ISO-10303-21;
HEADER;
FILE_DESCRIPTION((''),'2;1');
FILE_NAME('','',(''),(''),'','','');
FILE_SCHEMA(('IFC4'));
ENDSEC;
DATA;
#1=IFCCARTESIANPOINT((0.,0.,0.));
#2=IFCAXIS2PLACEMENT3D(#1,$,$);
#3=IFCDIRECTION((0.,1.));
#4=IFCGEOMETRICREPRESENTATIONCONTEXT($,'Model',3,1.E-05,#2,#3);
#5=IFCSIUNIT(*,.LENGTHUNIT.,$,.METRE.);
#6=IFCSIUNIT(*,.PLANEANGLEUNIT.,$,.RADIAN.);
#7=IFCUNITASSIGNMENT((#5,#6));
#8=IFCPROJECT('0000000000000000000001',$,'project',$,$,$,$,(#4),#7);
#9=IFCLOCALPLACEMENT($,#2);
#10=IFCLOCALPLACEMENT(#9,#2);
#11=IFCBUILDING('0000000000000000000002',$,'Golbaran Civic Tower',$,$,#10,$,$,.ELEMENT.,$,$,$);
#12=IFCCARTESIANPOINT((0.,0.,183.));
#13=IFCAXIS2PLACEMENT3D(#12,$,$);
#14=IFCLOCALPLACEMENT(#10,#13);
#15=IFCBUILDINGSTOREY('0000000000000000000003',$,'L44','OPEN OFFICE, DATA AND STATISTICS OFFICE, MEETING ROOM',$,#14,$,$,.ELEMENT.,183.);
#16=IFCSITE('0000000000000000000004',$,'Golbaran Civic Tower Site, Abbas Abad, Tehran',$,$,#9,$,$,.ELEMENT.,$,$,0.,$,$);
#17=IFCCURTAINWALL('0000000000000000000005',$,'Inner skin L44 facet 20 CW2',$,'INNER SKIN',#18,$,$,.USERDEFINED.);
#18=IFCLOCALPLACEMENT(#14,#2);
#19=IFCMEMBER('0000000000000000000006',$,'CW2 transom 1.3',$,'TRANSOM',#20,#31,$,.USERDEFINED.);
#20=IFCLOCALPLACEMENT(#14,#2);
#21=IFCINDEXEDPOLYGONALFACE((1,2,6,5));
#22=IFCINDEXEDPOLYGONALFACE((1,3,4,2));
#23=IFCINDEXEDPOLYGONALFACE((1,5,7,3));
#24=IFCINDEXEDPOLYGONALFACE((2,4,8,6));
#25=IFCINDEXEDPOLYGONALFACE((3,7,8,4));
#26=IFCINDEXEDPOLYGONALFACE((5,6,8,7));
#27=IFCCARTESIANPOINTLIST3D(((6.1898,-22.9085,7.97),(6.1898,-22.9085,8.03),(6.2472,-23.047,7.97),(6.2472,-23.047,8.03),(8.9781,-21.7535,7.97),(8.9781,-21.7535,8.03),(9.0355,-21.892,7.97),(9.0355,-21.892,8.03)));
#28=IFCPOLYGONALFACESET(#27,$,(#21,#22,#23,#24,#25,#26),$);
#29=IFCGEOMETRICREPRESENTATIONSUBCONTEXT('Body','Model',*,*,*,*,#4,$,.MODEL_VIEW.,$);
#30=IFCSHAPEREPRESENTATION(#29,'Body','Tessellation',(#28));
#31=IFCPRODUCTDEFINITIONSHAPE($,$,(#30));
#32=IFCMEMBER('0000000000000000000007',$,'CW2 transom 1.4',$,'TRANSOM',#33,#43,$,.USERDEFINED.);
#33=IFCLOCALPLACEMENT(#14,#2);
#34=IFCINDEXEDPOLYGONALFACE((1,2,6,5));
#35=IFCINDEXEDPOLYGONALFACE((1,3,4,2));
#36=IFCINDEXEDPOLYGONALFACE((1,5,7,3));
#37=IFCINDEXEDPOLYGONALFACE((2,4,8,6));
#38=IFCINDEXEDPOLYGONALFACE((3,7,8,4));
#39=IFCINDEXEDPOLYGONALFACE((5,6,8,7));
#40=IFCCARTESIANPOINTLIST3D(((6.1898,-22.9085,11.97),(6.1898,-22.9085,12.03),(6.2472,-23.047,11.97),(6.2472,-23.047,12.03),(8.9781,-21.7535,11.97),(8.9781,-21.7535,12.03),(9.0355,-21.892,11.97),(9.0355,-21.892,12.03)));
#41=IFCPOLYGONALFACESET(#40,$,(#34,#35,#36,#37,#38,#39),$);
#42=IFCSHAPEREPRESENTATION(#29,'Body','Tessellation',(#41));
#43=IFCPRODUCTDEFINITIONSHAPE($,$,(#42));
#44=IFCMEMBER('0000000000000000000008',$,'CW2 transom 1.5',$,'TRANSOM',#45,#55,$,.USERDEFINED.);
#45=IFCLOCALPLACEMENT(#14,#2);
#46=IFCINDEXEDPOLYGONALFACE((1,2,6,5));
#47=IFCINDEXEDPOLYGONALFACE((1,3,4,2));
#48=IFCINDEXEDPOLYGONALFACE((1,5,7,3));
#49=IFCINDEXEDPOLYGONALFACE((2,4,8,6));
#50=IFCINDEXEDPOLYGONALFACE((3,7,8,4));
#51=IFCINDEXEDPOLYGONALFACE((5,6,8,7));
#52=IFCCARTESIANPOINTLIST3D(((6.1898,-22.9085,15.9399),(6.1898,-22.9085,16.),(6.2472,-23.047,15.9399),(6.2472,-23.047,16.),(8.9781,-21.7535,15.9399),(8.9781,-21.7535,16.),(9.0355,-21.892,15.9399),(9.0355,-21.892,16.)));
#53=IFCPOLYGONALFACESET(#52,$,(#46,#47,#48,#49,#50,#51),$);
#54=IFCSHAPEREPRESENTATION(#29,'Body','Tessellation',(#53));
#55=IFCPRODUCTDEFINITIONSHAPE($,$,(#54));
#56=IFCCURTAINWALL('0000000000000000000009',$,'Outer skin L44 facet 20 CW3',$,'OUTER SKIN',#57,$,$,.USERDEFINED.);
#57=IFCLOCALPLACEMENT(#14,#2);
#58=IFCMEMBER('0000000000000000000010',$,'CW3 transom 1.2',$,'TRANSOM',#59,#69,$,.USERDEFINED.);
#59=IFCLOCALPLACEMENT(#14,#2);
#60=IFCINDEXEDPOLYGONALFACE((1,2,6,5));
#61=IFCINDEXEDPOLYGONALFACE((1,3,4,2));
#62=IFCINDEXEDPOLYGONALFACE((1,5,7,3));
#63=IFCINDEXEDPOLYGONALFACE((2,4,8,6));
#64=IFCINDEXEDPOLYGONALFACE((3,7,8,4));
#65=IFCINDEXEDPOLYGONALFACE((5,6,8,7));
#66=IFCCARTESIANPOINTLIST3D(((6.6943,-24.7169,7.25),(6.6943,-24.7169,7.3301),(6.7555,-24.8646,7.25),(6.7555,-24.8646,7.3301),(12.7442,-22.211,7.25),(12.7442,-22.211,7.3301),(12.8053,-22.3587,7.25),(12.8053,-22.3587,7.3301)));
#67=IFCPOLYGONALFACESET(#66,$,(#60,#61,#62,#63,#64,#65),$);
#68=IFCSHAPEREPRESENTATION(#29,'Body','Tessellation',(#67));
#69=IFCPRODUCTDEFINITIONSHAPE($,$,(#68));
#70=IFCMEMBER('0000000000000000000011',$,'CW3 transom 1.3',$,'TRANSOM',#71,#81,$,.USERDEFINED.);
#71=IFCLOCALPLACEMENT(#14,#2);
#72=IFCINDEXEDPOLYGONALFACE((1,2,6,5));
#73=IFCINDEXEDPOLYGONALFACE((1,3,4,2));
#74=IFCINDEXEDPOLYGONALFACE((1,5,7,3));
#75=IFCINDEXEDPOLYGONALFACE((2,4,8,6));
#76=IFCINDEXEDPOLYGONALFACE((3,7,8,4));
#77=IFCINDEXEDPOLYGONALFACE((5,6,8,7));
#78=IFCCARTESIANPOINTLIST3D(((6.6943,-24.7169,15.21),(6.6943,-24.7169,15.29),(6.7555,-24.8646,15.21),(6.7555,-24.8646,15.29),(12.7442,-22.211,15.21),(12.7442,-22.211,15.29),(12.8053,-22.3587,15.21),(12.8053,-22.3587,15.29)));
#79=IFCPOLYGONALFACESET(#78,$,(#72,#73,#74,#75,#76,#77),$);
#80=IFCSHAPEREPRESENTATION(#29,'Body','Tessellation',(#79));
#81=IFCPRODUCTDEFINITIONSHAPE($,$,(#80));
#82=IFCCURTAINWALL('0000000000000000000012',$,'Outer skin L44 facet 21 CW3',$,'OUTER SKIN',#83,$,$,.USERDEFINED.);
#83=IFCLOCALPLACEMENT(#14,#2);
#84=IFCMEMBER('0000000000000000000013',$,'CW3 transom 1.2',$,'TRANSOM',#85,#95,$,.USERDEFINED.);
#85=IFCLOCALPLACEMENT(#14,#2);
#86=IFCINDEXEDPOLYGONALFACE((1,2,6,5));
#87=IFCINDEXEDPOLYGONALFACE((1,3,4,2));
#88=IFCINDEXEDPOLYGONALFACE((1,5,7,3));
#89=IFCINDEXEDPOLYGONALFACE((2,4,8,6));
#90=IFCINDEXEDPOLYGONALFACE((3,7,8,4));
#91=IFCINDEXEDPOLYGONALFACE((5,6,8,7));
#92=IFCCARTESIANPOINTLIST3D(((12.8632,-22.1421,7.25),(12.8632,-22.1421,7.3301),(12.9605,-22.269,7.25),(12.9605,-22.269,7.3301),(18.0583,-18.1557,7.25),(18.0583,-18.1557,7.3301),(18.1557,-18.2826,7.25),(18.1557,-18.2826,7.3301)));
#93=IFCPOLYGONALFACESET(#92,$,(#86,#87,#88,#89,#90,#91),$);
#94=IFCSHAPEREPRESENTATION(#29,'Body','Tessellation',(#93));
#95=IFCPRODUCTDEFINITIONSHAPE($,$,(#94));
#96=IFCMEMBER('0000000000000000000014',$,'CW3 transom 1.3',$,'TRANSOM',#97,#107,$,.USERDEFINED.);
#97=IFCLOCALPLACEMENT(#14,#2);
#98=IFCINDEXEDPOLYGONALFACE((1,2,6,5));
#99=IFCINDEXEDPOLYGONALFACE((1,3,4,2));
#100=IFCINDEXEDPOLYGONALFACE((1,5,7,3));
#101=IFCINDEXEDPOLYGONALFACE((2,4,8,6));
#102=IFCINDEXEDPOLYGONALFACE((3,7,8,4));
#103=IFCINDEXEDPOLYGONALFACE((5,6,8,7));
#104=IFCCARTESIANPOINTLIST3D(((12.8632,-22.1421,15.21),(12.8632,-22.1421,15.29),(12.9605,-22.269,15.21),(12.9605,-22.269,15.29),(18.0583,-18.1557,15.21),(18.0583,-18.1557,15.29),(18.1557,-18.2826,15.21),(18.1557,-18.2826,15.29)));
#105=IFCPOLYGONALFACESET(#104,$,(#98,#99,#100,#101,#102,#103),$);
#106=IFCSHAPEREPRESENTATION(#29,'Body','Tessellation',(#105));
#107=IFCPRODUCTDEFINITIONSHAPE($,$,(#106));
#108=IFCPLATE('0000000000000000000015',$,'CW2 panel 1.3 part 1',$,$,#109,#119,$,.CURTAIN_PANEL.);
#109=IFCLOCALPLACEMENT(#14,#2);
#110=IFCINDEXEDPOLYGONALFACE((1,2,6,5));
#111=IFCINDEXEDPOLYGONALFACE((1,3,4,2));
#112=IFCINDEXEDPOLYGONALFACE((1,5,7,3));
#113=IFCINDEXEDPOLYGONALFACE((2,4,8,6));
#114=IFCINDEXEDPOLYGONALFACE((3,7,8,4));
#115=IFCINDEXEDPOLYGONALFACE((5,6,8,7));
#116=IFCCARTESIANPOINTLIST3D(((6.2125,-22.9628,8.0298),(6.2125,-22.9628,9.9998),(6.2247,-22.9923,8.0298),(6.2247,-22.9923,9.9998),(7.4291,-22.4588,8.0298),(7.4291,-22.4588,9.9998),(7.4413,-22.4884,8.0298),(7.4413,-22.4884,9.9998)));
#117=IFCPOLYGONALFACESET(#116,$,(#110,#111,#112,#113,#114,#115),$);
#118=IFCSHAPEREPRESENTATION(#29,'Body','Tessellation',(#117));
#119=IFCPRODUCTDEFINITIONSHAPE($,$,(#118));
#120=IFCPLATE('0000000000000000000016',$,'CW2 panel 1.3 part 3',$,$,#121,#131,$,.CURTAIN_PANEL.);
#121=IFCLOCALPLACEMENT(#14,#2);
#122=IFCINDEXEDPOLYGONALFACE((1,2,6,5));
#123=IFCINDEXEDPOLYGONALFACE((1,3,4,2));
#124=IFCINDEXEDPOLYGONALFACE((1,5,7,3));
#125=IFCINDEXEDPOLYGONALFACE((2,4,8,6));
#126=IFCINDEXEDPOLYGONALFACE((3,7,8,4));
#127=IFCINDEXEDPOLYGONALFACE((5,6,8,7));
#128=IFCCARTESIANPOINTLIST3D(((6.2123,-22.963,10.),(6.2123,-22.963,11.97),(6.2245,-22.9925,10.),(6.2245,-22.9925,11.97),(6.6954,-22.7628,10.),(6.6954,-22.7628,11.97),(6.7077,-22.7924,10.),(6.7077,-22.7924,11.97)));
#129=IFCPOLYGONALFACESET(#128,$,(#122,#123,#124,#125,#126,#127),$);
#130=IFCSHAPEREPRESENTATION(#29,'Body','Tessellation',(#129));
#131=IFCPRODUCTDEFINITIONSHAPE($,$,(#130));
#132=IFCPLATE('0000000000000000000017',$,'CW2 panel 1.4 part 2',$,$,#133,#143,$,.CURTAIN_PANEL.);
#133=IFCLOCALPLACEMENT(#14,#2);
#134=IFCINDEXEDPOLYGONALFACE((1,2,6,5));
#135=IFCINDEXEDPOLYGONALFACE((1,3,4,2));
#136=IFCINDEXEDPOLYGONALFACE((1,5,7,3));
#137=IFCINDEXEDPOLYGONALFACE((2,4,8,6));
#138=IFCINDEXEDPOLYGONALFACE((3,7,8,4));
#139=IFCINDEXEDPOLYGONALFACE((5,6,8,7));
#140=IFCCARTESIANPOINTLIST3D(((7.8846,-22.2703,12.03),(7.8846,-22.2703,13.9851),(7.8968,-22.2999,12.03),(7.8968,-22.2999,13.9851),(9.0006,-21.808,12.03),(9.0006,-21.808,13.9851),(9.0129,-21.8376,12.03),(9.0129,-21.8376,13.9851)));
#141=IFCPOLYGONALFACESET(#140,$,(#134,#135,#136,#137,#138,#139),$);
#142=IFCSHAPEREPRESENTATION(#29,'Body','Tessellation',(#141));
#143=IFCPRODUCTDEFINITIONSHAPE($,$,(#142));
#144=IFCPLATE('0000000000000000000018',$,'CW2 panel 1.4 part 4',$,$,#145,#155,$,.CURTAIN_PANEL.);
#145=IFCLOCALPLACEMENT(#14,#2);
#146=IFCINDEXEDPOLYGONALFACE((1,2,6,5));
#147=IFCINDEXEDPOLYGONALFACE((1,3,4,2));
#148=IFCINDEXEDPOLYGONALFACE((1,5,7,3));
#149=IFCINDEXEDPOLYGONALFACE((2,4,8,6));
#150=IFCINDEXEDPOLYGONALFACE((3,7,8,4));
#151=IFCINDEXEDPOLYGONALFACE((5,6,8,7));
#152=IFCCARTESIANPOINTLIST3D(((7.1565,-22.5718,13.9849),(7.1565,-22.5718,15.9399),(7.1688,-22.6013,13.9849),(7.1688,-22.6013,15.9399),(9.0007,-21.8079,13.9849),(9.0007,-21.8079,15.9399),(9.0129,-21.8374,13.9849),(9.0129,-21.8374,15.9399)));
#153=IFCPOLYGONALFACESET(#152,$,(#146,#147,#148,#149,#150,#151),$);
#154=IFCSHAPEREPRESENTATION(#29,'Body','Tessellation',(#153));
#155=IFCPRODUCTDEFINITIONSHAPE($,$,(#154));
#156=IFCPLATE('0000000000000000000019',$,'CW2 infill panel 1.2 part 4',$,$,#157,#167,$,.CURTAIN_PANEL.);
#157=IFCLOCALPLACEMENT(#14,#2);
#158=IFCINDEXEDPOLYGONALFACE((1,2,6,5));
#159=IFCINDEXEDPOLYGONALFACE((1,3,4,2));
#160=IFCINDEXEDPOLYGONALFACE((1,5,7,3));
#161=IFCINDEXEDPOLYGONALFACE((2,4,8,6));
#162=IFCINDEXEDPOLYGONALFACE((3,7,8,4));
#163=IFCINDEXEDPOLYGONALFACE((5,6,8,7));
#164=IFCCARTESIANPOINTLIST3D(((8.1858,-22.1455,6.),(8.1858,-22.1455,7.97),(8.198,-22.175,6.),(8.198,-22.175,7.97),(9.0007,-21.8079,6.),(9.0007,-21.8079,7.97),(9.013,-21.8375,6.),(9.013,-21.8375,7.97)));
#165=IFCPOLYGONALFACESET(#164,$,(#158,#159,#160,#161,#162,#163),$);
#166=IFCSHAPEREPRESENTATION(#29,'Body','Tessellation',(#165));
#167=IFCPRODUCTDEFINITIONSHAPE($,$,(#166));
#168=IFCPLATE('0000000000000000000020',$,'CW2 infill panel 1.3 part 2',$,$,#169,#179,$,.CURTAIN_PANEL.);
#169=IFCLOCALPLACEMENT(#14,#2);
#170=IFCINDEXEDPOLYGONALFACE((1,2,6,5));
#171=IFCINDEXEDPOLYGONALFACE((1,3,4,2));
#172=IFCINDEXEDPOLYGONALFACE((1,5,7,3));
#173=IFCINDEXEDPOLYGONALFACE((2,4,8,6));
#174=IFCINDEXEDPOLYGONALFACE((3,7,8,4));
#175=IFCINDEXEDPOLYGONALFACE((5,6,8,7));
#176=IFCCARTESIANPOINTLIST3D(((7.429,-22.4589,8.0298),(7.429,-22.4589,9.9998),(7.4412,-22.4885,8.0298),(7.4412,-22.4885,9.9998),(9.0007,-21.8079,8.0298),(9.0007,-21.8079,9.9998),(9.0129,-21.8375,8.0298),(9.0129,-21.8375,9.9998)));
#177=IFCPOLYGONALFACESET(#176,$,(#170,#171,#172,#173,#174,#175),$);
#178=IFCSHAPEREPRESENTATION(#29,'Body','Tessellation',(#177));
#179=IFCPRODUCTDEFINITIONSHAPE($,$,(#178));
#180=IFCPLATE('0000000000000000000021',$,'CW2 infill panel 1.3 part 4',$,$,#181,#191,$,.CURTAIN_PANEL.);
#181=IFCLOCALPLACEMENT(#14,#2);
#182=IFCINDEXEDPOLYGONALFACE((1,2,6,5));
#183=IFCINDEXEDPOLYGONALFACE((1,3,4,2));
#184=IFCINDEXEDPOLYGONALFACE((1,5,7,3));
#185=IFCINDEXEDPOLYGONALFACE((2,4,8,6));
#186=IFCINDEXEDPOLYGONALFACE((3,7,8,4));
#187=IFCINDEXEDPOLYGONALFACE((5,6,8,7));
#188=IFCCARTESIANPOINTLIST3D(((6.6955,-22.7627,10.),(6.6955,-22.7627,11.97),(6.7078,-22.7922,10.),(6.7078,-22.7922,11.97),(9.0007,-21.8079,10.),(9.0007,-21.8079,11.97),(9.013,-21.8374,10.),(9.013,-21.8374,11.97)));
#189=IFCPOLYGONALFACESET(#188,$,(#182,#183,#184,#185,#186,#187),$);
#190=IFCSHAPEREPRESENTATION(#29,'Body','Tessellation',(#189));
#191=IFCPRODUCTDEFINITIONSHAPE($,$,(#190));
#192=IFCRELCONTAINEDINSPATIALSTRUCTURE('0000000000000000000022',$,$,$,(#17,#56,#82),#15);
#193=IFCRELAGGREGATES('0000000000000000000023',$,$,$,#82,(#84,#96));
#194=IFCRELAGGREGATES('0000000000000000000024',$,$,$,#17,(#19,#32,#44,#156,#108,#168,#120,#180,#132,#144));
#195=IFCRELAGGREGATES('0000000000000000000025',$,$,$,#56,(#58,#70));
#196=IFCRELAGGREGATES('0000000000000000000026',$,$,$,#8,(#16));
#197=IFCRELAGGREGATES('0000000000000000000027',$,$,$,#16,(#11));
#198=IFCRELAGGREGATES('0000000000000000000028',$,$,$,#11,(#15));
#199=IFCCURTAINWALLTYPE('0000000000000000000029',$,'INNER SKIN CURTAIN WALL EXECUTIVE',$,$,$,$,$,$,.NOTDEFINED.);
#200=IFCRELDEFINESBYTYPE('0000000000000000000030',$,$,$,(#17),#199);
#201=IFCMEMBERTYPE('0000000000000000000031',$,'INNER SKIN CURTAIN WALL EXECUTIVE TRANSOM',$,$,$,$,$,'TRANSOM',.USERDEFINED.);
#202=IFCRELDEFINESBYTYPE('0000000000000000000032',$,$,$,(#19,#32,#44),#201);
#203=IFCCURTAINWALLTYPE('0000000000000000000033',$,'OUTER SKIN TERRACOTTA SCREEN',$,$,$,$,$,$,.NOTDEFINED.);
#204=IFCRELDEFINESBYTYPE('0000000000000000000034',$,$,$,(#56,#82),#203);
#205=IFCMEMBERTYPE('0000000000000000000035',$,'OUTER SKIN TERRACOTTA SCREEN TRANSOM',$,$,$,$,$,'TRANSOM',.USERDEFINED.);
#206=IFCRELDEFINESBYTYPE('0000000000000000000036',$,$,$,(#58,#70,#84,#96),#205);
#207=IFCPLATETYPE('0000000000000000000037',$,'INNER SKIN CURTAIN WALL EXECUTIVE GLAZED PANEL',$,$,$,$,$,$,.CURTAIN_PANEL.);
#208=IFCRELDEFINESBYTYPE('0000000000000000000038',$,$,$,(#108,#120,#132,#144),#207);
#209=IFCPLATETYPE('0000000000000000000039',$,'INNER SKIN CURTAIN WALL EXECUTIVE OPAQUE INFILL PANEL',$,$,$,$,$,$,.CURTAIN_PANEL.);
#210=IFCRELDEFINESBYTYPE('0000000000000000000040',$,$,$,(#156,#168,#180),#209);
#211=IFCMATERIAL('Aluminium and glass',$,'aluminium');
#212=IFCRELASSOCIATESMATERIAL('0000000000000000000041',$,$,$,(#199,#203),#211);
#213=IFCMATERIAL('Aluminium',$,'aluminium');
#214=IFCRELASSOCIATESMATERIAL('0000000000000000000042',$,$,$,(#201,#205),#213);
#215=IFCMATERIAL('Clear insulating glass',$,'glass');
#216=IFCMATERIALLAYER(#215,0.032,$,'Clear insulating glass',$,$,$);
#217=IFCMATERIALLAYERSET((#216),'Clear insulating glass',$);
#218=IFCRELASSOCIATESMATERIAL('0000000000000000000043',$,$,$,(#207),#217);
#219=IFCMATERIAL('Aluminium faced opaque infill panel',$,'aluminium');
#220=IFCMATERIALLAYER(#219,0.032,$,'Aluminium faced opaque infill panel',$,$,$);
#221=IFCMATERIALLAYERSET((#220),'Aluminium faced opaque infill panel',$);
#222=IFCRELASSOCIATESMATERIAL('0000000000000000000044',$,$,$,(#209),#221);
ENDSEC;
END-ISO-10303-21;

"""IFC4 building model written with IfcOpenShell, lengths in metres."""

from ifc_helpers import new_model, si_unit, direction, frame, origin, origin_2d, place, context, subcontext, project, spatial, rectangle, extrude, material, layer, layer_set, material_profile, profile_set, type_object, element, aggregate, save


model = new_model("IFC4")

# Units and contexts
model_context = context("Model", 3, precision=1e-05, world=origin(), true_north=direction((0.0, 1.0)))
body_context = subcontext(model_context, "Body", "Model", "MODEL_VIEW")
ifc_project = project(units=[si_unit("LENGTHUNIT", "METRE"), si_unit("PLANEANGLEUNIT", "RADIAN")], contexts=[model_context])

# Site, building, storey
site_placement = place(None, origin())
site = spatial("IfcSite", under=ifc_project, at=site_placement, Name="Golbaran Civic Tower Site, Abbas Abad, Tehran", CompositionType="ELEMENT", RefElevation=0.0)
building_placement = place(site_placement, origin())
building = spatial("IfcBuilding", under=site, at=building_placement, Name="Golbaran Civic Tower", CompositionType="ELEMENT")
storey_placement = place(building_placement, frame((0.0, 0.0, 183.0)))
storey = spatial("IfcBuildingStorey", under=building, at=storey_placement, Name="L44", Description="OPEN OFFICE, DATA AND STATISTICS OFFICE, MEETING ROOM", CompositionType="ELEMENT", Elevation=183.0)

# Curtain walls, members
ifc_material_1 = material(Name="Aluminium and glass", Category="aluminium")
curtain_wall_type_1 = type_object("IfcCurtainWallType", Name="INNER SKIN CURTAIN WALL EXECUTIVE", PredefinedType="NOTDEFINED", material=ifc_material_1)
curtain_wall_1_placement = place(storey_placement, origin())
curtain_wall_1 = element("IfcCurtainWall", 1, at=curtain_wall_1_placement, inside=storey, type_object=curtain_wall_type_1, Name="Inner skin L44 facet 20 CW2", ObjectType="INNER SKIN", PredefinedType="USERDEFINED")
ifc_material_2 = material(Name="Aluminium", Category="aluminium")
ifc_material_profile_1 = material_profile(ifc_material_2, rectangle(XDim=0.1499, YDim=0.0601, at=origin_2d()), Name="INNER SKIN CURTAIN WALL EXECUTIVE TRANSOM")
ifc_profile_set_1 = profile_set([ifc_material_profile_1], Name="Aluminium")
member_type_1 = type_object("IfcMemberType", Name="INNER SKIN CURTAIN WALL EXECUTIVE TRANSOM", ElementType="TRANSOM", PredefinedType="USERDEFINED", material=ifc_profile_set_1)
member_1_placement = place(storey_placement, frame((6.2185, -22.9778, 8.0), z_axis=(0.923872, 0.382702, 0.0), x_axis=(-0.382702, 0.923872, 0.0)))
member_1 = element("IfcMember", 2, at=member_1_placement, type_object=member_type_1, Name="CW2 transom 1.3", ObjectType="TRANSOM", PredefinedType="USERDEFINED", context=body_context, shape_type="SweptSolid", body=[
    extrude(rectangle(XDim=0.1499, YDim=0.0601, at=origin_2d()), origin(), (0.0, 0.0, 1.0), 3.0181),
])
member_2_placement = place(storey_placement, frame((6.2185, -22.9778, 12.0), z_axis=(0.923872, 0.382702, 0.0), x_axis=(-0.382702, 0.923872, 0.0)))
member_2 = element("IfcMember", 3, at=member_2_placement, type_object=member_type_1, Name="CW2 transom 1.4", ObjectType="TRANSOM", PredefinedType="USERDEFINED", context=body_context, shape_type="SweptSolid", body=[
    extrude(rectangle(XDim=0.1499, YDim=0.0601, at=origin_2d()), origin(), (0.0, 0.0, 1.0), 3.0181),
])
member_3_placement = place(storey_placement, frame((6.2185, -22.9778, 15.97), z_axis=(0.923872, 0.382702, 0.0), x_axis=(-0.382702, 0.923872, 0.0)))
member_3 = element("IfcMember", 4, at=member_3_placement, type_object=member_type_1, Name="CW2 transom 1.5", ObjectType="TRANSOM", PredefinedType="USERDEFINED", context=body_context, shape_type="SweptSolid", body=[
    extrude(rectangle(XDim=0.1499, YDim=0.0601, at=origin_2d()), origin(), (0.0, 0.0, 1.0), 3.0181),
])
curtain_wall_type_2 = type_object("IfcCurtainWallType", Name="OUTER SKIN TERRACOTTA SCREEN", PredefinedType="NOTDEFINED", material=ifc_material_1)
curtain_wall_2_placement = place(storey_placement, origin())
curtain_wall_2 = element("IfcCurtainWall", 5, at=curtain_wall_2_placement, inside=storey, type_object=curtain_wall_type_2, Name="Outer skin L44 facet 20 CW3", ObjectType="OUTER SKIN", PredefinedType="USERDEFINED")
ifc_material_profile_2 = material_profile(ifc_material_2, rectangle(XDim=0.1599, YDim=0.0801, at=origin_2d()), Name="OUTER SKIN TERRACOTTA SCREEN TRANSOM")
ifc_profile_set_2 = profile_set([ifc_material_profile_2], Name="Aluminium")
member_type_2 = type_object("IfcMemberType", Name="OUTER SKIN TERRACOTTA SCREEN TRANSOM", ElementType="TRANSOM", PredefinedType="USERDEFINED", material=ifc_profile_set_2)
member_4_placement = place(storey_placement, frame((6.7249, -24.7908, 7.29), z_axis=(0.923882, 0.382677, 0.0), x_axis=(-0.382677, 0.923882, 0.0)))
member_4 = element("IfcMember", 6, at=member_4_placement, type_object=member_type_2, Name="CW3 transom 1.2", ObjectType="TRANSOM", PredefinedType="USERDEFINED", context=body_context, shape_type="SweptSolid", body=[
    extrude(rectangle(XDim=0.1599, YDim=0.0801, at=origin_2d()), origin(), (0.0, 0.0, 1.0), 6.5483),
])
member_5_placement = place(storey_placement, frame((6.7249, -24.7908, 15.25), z_axis=(0.923882, 0.382677, 0.0), x_axis=(-0.382677, 0.923882, 0.0)))
member_5 = element("IfcMember", 7, at=member_5_placement, type_object=member_type_2, Name="CW3 transom 1.3", ObjectType="TRANSOM", PredefinedType="USERDEFINED", context=body_context, shape_type="SweptSolid", body=[
    extrude(rectangle(XDim=0.1599, YDim=0.0801, at=origin_2d()), origin(), (0.0, 0.0, 1.0), 6.5483),
])
curtain_wall_3_placement = place(storey_placement, origin())
curtain_wall_3 = element("IfcCurtainWall", 8, at=curtain_wall_3_placement, inside=storey, type_object=curtain_wall_type_2, Name="Outer skin L44 facet 21 CW3", ObjectType="OUTER SKIN", PredefinedType="USERDEFINED")
member_6_placement = place(storey_placement, frame((12.9119, -22.2056, 7.29), z_axis=(0.793352, 0.608763, 0.0), x_axis=(-0.608763, 0.793352, 0.0)))
member_6 = element("IfcMember", 9, at=member_6_placement, type_object=member_type_2, Name="CW3 transom 1.2", ObjectType="TRANSOM", PredefinedType="USERDEFINED", context=body_context, shape_type="SweptSolid", body=[
    extrude(rectangle(XDim=0.1599, YDim=0.0801, at=origin_2d()), origin(), (0.0, 0.0, 1.0), 6.5483),
])
member_7_placement = place(storey_placement, frame((12.9119, -22.2056, 15.25), z_axis=(0.793352, 0.608763, 0.0), x_axis=(-0.608763, 0.793352, 0.0)))
member_7 = element("IfcMember", 10, at=member_7_placement, type_object=member_type_2, Name="CW3 transom 1.3", ObjectType="TRANSOM", PredefinedType="USERDEFINED", context=body_context, shape_type="SweptSolid", body=[
    extrude(rectangle(XDim=0.1599, YDim=0.0801, at=origin_2d()), origin(), (0.0, 0.0, 1.0), 6.5483),
])
aggregate(curtain_wall_3, [member_6, member_7])

# Plates
ifc_material_3 = material(Name="Clear insulating glass", Category="glass")
ifc_layer_1 = layer(ifc_material_3, 0.032, Name="Clear insulating glass")
ifc_layer_set_1 = layer_set([ifc_layer_1], Name="Clear insulating glass")
plate_type_1 = type_object("IfcPlateType", Name="INNER SKIN CURTAIN WALL EXECUTIVE GLAZED PANEL", PredefinedType="CURTAIN_PANEL", material=ifc_layer_set_1)
plate_1_placement = place(storey_placement, frame((6.8269, -22.7256, 8.0298), z_axis=(0.0, 0.0, 1.0), x_axis=(0.92388, 0.382683, 0.0)))
plate_1 = element("IfcPlate", 11, at=plate_1_placement, type_object=plate_type_1, Name="CW2 panel 1.3 part 1", PredefinedType="CURTAIN_PANEL", context=body_context, shape_type="SweptSolid", body=[
    extrude(rectangle(XDim=1.3169, YDim=0.032, at=origin_2d()), origin(), (0.0, 0.0, 1.0), 1.97),
])
plate_2_placement = place(storey_placement, frame((6.46, -22.8777, 10.0), z_axis=(0.0, 0.0, 1.0), x_axis=(0.92388, 0.382683, 0.0)))
plate_2 = element("IfcPlate", 12, at=plate_2_placement, type_object=plate_type_1, Name="CW2 panel 1.3 part 3", PredefinedType="CURTAIN_PANEL", context=body_context, shape_type="SweptSolid", body=[
    extrude(rectangle(XDim=0.5229, YDim=0.032, at=origin_2d()), origin(), (0.0, 0.0, 1.0), 1.97),
])
plate_3_placement = place(storey_placement, frame((8.4487, -22.054, 12.03), z_axis=(0.0, 0.0, 1.0), x_axis=(0.92388, 0.382683, 0.0)))
plate_3 = element("IfcPlate", 13, at=plate_3_placement, type_object=plate_type_1, Name="CW2 panel 1.4 part 2", PredefinedType="CURTAIN_PANEL", context=body_context, shape_type="SweptSolid", body=[
    extrude(rectangle(XDim=1.208, YDim=0.032, at=origin_2d()), origin(), (0.0, 0.0, 1.0), 1.9551),
])
plate_4_placement = place(storey_placement, frame((8.0847, -22.2046, 13.9849), z_axis=(0.0, 0.0, 1.0), x_axis=(0.92388, 0.382683, 0.0)))
plate_4 = element("IfcPlate", 14, at=plate_4_placement, type_object=plate_type_1, Name="CW2 panel 1.4 part 4", PredefinedType="CURTAIN_PANEL", context=body_context, shape_type="SweptSolid", body=[
    extrude(rectangle(XDim=1.9961, YDim=0.032, at=origin_2d()), origin(), (0.0, 0.0, 1.0), 1.9551),
])
ifc_material_4 = material(Name="Aluminium faced opaque infill panel", Category="aluminium")
ifc_layer_2 = layer(ifc_material_4, 0.032, Name="Aluminium faced opaque infill panel")
ifc_layer_set_2 = layer_set([ifc_layer_2], Name="Aluminium faced opaque infill panel")
plate_type_2 = type_object("IfcPlateType", Name="INNER SKIN CURTAIN WALL EXECUTIVE OPAQUE INFILL PANEL", PredefinedType="CURTAIN_PANEL", material=ifc_layer_set_2)
plate_5_placement = place(storey_placement, frame((8.5994, -21.9915, 6.0), z_axis=(0.0, 0.0, 1.0), x_axis=(0.92388, 0.382683, 0.0)))
plate_5 = element("IfcPlate", 15, at=plate_5_placement, type_object=plate_type_2, Name="CW2 infill panel 1.2 part 4", PredefinedType="CURTAIN_PANEL", context=body_context, shape_type="SweptSolid", body=[
    extrude(rectangle(XDim=0.8821, YDim=0.032, at=origin_2d()), origin(), (0.0, 0.0, 1.0), 1.97),
])
plate_6_placement = place(storey_placement, frame((8.2209, -22.1482, 8.0298), z_axis=(0.0, 0.0, 1.0), x_axis=(0.92388, 0.382683, 0.0)))
plate_6 = element("IfcPlate", 16, at=plate_6_placement, type_object=plate_type_2, Name="CW2 infill panel 1.3 part 2", PredefinedType="CURTAIN_PANEL", context=body_context, shape_type="SweptSolid", body=[
    extrude(rectangle(XDim=1.7012, YDim=0.032, at=origin_2d()), origin(), (0.0, 0.0, 1.0), 1.97),
])
plate_7_placement = place(storey_placement, frame((7.8542, -22.3, 10.0), z_axis=(0.0, 0.0, 1.0), x_axis=(0.92388, 0.382683, 0.0)))
plate_7 = element("IfcPlate", 17, at=plate_7_placement, type_object=plate_type_2, Name="CW2 infill panel 1.3 part 4", PredefinedType="CURTAIN_PANEL", context=body_context, shape_type="SweptSolid", body=[
    extrude(rectangle(XDim=2.4951, YDim=0.032, at=origin_2d()), origin(), (0.0, 0.0, 1.0), 1.97),
])
aggregate(curtain_wall_1, [member_1, member_2, member_3, plate_5, plate_1, plate_6, plate_2, plate_7, plate_3, plate_4])
aggregate(curtain_wall_2, [member_4, member_5])

save(model, "model.ifc")
